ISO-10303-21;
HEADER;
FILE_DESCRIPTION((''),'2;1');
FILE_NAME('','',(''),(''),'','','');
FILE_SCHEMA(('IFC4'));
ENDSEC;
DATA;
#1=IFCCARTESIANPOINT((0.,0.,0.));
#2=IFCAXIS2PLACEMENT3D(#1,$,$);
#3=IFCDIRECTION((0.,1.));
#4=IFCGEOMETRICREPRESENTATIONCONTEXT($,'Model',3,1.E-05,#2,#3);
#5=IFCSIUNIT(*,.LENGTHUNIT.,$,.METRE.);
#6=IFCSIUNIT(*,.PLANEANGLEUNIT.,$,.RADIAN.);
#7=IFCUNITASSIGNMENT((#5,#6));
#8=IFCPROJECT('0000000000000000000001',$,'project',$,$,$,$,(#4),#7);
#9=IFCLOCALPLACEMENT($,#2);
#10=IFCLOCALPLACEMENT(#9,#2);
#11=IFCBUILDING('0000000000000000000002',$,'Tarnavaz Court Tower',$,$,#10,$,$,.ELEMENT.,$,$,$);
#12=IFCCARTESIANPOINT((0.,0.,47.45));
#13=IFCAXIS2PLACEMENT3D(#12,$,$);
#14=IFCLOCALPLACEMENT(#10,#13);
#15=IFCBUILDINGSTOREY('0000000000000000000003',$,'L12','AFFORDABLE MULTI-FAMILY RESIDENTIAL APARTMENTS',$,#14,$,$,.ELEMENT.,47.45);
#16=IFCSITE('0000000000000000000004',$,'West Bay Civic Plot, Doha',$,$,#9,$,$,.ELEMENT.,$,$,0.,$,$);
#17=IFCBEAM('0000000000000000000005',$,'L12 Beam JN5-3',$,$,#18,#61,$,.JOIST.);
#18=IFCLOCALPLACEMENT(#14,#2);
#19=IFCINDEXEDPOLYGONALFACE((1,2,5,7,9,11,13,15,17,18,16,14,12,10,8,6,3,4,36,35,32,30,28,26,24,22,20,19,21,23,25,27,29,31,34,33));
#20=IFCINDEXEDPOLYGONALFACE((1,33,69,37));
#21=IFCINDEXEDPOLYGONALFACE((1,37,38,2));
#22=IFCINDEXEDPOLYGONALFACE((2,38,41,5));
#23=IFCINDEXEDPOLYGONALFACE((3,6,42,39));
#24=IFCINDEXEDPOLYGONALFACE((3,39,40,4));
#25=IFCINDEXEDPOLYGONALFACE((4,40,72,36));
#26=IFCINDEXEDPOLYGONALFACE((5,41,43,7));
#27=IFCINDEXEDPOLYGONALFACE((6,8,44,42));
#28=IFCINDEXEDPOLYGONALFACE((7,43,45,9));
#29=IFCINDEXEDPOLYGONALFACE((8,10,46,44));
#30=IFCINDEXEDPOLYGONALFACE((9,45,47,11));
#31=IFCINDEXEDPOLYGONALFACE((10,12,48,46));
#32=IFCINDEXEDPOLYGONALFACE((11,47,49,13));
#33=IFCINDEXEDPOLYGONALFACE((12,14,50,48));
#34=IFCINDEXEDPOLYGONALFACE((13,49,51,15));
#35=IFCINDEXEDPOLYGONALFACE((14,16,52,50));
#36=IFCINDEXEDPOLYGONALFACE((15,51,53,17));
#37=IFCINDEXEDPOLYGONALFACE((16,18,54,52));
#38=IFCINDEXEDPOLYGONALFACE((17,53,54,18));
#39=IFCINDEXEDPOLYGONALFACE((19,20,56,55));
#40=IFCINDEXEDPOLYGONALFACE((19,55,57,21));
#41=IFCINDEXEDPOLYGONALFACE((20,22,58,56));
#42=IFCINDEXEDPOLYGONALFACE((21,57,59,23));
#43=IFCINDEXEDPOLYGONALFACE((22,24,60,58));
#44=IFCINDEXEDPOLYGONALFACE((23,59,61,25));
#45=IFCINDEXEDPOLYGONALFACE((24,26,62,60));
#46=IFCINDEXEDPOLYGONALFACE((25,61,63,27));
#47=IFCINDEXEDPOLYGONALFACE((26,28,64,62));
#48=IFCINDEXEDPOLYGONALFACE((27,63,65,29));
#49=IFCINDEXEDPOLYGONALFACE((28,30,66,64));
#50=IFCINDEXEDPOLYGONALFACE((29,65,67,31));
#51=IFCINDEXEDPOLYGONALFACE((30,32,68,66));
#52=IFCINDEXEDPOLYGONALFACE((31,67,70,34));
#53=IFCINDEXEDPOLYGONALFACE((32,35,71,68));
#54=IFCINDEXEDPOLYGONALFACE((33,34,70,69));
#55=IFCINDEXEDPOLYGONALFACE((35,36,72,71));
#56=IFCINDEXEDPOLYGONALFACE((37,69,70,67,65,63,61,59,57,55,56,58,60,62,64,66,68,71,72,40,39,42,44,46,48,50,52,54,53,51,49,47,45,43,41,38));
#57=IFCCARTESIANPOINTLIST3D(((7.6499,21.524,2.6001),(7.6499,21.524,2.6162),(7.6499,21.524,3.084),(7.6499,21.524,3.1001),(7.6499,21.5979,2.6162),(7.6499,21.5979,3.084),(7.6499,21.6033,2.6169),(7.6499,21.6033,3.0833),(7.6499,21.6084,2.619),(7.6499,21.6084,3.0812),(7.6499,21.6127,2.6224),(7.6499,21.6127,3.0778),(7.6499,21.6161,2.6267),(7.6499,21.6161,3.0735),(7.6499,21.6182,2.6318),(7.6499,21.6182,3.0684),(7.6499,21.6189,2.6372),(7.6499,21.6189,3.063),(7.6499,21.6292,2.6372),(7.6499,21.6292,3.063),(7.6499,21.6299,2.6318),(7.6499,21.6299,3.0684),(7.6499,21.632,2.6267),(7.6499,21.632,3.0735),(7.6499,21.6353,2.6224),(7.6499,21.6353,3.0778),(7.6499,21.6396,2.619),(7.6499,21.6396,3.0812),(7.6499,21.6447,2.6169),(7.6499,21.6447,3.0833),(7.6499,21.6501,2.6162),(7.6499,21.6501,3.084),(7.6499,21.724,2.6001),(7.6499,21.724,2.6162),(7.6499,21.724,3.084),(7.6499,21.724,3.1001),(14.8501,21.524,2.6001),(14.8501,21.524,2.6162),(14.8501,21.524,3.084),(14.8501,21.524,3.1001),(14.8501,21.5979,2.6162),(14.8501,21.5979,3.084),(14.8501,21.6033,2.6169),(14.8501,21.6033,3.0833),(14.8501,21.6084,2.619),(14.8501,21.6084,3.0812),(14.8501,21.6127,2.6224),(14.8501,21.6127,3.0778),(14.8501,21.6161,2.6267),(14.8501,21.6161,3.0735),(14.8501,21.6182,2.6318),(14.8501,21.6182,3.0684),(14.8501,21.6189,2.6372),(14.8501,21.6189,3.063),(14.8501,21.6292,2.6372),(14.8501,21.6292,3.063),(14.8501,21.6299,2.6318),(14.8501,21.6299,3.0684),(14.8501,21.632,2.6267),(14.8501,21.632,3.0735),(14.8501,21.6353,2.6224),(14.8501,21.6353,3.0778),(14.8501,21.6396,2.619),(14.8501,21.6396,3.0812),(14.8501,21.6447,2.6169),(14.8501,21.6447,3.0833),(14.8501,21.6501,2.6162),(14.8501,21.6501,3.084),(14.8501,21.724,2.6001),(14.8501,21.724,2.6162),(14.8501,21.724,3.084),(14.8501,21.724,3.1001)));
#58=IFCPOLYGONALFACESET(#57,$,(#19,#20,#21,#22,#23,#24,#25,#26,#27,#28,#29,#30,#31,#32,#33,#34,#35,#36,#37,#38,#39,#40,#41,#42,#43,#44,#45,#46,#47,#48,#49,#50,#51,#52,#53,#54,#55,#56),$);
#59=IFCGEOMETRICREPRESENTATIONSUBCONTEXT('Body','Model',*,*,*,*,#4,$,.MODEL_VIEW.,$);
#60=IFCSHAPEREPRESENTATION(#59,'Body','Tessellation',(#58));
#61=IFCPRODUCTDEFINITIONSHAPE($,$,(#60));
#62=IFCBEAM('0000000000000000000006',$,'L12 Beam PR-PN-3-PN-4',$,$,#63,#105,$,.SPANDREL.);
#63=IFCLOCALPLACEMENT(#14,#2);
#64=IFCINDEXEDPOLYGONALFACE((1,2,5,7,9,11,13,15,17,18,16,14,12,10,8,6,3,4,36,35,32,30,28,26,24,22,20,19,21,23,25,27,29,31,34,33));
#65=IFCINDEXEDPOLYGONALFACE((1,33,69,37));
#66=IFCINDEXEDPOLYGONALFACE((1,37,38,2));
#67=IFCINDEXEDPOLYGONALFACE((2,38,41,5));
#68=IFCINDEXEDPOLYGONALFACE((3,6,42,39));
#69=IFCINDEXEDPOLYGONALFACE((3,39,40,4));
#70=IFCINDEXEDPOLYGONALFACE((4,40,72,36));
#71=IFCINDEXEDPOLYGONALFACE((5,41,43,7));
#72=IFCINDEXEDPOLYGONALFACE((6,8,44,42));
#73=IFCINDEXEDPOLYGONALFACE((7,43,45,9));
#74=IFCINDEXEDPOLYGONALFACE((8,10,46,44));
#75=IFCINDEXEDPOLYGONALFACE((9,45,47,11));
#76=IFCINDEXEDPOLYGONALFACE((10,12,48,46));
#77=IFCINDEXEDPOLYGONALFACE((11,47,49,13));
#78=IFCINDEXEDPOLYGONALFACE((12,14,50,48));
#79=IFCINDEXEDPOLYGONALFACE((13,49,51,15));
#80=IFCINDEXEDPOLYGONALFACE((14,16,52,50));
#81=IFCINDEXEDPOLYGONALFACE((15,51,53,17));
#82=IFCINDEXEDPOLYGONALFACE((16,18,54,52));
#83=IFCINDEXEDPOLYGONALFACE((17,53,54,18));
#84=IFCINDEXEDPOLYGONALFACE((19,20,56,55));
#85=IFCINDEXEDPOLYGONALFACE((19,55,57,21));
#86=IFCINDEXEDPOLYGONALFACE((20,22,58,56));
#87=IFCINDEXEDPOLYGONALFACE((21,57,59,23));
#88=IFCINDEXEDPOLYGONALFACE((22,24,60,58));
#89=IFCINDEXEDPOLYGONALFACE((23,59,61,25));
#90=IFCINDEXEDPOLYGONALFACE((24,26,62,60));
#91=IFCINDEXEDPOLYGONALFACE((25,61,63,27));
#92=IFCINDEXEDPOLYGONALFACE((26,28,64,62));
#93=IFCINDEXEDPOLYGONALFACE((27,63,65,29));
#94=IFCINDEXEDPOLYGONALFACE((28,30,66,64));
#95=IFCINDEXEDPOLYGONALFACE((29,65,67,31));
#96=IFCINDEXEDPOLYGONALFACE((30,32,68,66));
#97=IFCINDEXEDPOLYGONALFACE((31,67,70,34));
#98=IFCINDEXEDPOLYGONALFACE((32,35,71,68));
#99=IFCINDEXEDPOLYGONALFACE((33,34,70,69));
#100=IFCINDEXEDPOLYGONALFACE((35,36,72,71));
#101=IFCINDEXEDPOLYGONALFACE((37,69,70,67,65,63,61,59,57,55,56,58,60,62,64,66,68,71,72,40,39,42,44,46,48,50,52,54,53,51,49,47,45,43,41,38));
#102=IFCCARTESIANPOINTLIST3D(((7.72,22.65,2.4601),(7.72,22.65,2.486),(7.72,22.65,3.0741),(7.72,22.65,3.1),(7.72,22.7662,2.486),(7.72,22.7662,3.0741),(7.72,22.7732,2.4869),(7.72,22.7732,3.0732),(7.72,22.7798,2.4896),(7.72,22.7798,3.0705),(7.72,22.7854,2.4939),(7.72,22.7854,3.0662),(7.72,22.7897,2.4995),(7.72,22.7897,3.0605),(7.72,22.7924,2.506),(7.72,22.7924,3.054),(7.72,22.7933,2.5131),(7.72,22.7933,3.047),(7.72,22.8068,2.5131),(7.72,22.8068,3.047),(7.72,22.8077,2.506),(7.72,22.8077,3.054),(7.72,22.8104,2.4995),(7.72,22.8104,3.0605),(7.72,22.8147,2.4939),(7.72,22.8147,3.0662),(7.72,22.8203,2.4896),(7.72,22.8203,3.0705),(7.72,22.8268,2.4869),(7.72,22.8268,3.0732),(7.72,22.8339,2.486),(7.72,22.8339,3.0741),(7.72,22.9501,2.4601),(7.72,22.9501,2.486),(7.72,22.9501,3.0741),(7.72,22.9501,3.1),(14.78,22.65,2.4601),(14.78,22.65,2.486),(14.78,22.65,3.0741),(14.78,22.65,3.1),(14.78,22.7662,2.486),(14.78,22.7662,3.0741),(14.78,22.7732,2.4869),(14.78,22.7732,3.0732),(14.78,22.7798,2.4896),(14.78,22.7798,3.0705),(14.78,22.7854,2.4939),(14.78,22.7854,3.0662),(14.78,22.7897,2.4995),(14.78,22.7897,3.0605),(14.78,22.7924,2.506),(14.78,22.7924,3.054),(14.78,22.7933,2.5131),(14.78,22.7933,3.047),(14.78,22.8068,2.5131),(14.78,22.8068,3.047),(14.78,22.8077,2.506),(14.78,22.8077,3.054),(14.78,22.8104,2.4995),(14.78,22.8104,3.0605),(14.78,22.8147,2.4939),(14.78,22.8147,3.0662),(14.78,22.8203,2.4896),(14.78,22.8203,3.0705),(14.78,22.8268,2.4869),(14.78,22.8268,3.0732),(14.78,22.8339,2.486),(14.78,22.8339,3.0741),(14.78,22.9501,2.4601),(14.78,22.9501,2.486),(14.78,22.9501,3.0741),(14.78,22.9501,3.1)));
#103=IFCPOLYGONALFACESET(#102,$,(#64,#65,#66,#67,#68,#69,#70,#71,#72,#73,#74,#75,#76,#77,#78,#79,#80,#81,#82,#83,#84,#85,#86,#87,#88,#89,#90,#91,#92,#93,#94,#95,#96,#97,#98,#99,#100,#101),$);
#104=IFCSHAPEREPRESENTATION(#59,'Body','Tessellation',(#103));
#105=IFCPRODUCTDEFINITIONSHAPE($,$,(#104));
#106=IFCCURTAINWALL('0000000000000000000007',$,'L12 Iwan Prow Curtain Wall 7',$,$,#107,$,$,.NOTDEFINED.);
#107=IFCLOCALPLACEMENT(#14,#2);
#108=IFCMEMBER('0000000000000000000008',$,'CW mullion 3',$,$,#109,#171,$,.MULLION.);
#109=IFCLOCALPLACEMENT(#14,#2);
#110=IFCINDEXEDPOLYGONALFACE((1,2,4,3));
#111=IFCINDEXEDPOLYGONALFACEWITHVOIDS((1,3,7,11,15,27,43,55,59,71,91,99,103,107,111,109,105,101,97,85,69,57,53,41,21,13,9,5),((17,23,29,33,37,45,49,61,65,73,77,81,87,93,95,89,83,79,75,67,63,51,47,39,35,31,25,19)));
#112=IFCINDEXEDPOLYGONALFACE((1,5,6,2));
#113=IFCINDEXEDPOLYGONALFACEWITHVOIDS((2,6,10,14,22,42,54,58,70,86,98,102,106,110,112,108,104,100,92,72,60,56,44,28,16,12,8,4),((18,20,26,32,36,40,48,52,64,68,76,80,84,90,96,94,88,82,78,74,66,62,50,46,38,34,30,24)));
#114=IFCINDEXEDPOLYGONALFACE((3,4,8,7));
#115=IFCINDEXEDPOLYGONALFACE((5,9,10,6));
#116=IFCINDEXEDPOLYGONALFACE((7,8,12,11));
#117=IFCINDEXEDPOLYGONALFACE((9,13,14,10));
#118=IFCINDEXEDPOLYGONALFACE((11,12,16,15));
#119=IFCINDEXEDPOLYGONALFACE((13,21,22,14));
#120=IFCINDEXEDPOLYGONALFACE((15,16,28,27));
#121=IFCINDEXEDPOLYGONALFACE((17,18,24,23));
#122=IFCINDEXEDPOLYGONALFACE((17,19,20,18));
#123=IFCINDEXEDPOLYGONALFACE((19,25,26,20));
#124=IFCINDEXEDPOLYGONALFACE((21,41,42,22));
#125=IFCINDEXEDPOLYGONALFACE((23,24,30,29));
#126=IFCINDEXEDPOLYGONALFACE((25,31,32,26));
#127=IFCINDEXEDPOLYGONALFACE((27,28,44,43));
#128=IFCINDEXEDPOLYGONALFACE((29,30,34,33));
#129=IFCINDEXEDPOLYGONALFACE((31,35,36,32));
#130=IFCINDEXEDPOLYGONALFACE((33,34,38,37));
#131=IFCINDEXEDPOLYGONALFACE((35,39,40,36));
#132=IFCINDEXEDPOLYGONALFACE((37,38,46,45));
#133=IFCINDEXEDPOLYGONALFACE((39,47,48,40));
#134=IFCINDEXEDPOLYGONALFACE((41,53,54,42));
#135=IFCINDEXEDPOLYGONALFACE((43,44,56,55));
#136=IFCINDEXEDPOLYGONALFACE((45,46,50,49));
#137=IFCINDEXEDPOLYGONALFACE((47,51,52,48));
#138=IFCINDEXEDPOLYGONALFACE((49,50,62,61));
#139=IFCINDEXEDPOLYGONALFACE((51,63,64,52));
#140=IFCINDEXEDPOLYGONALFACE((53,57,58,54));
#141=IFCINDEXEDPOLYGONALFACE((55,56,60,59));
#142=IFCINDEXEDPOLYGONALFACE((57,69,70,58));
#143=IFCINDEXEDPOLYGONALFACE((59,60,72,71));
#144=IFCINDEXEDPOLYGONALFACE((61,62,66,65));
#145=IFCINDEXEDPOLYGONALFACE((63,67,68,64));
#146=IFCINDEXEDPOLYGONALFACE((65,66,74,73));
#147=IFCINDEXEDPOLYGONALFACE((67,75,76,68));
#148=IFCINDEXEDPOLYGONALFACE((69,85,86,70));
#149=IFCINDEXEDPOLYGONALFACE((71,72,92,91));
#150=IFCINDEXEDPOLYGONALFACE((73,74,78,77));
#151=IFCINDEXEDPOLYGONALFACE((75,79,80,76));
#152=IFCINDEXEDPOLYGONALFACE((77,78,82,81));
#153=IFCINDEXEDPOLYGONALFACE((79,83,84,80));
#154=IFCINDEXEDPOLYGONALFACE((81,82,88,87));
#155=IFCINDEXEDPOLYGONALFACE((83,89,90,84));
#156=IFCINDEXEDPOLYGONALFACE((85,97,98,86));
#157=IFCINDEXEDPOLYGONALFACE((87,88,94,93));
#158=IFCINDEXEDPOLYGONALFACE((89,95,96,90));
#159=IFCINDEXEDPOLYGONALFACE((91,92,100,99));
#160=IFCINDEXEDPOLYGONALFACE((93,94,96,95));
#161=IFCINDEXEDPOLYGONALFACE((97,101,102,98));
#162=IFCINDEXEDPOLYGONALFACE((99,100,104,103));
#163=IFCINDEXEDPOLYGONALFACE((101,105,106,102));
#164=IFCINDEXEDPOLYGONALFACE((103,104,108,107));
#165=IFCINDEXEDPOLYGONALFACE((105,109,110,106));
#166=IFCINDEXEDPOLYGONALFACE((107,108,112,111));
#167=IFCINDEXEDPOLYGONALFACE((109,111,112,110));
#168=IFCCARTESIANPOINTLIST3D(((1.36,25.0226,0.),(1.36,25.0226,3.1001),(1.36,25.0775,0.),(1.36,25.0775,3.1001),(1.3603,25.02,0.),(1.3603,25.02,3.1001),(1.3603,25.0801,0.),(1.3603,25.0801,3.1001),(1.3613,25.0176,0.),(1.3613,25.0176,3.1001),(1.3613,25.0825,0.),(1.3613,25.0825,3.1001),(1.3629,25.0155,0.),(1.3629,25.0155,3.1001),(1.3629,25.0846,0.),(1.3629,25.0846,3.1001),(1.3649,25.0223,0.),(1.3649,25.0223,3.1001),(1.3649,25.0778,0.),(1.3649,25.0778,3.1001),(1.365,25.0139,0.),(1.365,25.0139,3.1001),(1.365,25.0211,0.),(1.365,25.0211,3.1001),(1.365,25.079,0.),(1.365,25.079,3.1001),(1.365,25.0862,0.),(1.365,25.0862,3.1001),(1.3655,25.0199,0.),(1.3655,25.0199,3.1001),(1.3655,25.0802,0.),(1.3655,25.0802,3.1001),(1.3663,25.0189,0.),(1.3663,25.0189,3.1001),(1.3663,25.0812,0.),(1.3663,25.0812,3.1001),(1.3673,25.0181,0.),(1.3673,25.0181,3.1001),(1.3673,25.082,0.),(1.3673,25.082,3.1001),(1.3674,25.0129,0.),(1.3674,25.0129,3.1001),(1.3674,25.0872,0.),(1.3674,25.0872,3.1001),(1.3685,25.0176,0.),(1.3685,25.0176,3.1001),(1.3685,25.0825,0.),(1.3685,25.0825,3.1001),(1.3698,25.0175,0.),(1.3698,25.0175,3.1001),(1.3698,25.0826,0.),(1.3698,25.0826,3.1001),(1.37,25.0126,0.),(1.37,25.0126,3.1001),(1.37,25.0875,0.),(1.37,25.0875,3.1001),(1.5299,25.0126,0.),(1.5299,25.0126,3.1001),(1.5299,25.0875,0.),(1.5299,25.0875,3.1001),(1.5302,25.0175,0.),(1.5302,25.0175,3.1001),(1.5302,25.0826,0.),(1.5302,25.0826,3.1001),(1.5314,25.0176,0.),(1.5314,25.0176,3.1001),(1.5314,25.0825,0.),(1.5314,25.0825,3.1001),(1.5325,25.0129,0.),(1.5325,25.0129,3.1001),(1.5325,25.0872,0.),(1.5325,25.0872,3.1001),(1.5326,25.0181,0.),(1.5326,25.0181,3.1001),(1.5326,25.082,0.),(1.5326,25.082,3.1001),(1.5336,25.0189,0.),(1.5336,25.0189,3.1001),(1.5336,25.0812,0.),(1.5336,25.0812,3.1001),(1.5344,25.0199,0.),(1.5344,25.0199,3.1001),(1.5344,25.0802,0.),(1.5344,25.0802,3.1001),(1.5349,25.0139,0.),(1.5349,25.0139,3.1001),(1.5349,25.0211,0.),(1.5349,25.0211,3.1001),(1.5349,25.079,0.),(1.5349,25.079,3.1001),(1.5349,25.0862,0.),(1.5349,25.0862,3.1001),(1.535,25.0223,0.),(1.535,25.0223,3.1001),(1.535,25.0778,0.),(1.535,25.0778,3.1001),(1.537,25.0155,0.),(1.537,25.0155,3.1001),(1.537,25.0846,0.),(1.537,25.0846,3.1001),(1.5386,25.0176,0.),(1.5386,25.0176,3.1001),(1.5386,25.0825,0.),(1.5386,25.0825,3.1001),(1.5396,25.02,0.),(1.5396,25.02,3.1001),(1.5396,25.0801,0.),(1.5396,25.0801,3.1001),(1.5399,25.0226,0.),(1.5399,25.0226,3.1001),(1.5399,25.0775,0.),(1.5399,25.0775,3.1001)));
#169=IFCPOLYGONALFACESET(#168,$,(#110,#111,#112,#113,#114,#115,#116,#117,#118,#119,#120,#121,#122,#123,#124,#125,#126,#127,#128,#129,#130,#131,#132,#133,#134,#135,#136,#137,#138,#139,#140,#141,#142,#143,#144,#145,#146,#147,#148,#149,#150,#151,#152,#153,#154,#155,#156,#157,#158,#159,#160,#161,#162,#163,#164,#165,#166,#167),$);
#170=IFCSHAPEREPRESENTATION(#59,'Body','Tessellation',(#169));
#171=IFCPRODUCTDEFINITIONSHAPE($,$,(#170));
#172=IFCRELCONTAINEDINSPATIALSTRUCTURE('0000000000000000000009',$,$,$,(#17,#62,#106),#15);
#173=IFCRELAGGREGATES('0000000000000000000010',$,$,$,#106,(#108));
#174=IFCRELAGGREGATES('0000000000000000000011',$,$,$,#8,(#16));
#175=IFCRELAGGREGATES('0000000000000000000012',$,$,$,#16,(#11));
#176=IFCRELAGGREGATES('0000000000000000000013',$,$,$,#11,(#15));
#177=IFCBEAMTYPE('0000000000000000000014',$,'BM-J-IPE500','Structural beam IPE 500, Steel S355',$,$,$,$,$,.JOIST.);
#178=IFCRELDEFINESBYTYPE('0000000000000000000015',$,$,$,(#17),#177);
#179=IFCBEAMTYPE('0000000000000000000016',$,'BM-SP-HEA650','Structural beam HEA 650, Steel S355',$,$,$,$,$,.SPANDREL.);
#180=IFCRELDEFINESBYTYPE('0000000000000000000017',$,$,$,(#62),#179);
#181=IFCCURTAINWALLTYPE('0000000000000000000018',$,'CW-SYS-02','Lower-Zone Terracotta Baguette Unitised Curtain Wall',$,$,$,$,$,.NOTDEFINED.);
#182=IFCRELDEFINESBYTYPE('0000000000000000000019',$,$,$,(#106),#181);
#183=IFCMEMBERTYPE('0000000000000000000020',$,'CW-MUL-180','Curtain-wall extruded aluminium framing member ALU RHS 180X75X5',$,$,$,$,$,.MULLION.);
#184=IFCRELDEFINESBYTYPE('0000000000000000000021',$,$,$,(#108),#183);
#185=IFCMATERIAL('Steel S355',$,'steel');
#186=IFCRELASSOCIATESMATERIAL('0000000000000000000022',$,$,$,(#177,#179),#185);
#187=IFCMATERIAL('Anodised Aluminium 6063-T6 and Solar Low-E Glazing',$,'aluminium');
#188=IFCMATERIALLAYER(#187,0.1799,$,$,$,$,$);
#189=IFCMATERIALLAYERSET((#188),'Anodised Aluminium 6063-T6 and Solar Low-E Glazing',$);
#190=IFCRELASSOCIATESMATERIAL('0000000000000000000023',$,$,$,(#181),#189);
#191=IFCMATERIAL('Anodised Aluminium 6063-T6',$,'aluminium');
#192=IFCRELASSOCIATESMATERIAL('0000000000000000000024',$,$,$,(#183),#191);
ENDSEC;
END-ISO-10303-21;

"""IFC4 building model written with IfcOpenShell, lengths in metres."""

from ifc_helpers import new_model, si_unit, direction, frame, origin, origin_2d, place, context, subcontext, project, spatial, hollow_rectangle, i_section, extrude, material, layer, layer_set, material_profile, profile_set, type_object, element, aggregate, save


model = new_model("IFC4")

# Units and contexts
model_context = context("Model", 3, precision=1e-05, world=origin(), true_north=direction((0.0, 1.0)))
body_context = subcontext(model_context, "Body", "Model", "MODEL_VIEW")
ifc_project = project(units=[si_unit("LENGTHUNIT", "METRE"), si_unit("PLANEANGLEUNIT", "RADIAN")], contexts=[model_context])

# Site, building, storey
site_placement = place(None, origin())
site = spatial("IfcSite", under=ifc_project, at=site_placement, Name="West Bay Civic Plot, Doha", CompositionType="ELEMENT", RefElevation=0.0)
building_placement = place(site_placement, origin())
building = spatial("IfcBuilding", under=site, at=building_placement, Name="Tarnavaz Court Tower", CompositionType="ELEMENT")
storey_placement = place(building_placement, frame((0.0, 0.0, 47.45)))
storey = spatial("IfcBuildingStorey", under=building, at=storey_placement, Name="L12", Description="AFFORDABLE MULTI-FAMILY RESIDENTIAL APARTMENTS", CompositionType="ELEMENT", Elevation=47.45)

# Beams
ifc_material_1 = material(Name="Steel S355", Category="steel")
ifc_material_profile_1 = material_profile(ifc_material_1, i_section(OverallWidth=0.2, OverallDepth=0.5, WebThickness=0.0103, FlangeThickness=0.0161, FilletRadius=0.021, at=origin_2d()), Name="IPE 500")
ifc_profile_set_1 = profile_set([ifc_material_profile_1], Name="Steel S355")
beam_type_1 = type_object("IfcBeamType", Name="BM-J-IPE500", Description="Structural beam IPE 500, Steel S355", PredefinedType="JOIST", material=ifc_profile_set_1)
for number, where, z_axis, x_axis, name in (
    (1, (7.6499, 21.624, 2.8501), (1.0, 0.0, 0.0), (0.0, 1.0, 0.0), "L12 Beam JN5-3"),
):
    element("IfcBeam", number, at=place(storey_placement, frame(where, z_axis=z_axis, x_axis=x_axis)), inside=storey, type_object=beam_type_1, Name=name, PredefinedType="JOIST", context=body_context, shape_type="SweptSolid", body=[
        extrude(i_section(OverallWidth=0.2, OverallDepth=0.5, WebThickness=0.0103, FlangeThickness=0.0161, FilletRadius=0.021, at=origin_2d()), origin(), (0.0, 0.0, 1.0), 7.2002),
    ])
ifc_material_profile_2 = material_profile(ifc_material_1, i_section(OverallWidth=0.3, OverallDepth=0.6399, WebThickness=0.0134, FlangeThickness=0.0259, FilletRadius=0.0271, at=origin_2d()), Name="HEA 650")
ifc_profile_set_2 = profile_set([ifc_material_profile_2], Name="Steel S355")
beam_type_2 = type_object("IfcBeamType", Name="BM-SP-HEA650", Description="Structural beam HEA 650, Steel S355", PredefinedType="SPANDREL", material=ifc_profile_set_2)
beam_placement = place(storey_placement, frame((7.72, 22.8, 2.78), z_axis=(1.0, 0.0, 0.0), x_axis=(0.0, 1.0, 0.0)))
element("IfcBeam", 2, at=beam_placement, inside=storey, type_object=beam_type_2, Name="L12 Beam PR-PN-3-PN-4", PredefinedType="SPANDREL", context=body_context, shape_type="SweptSolid", body=[
    extrude(i_section(OverallWidth=0.3, OverallDepth=0.6399, WebThickness=0.0134, FlangeThickness=0.0259, FilletRadius=0.0271, at=origin_2d()), origin(), (0.0, 0.0, 1.0), 7.0601),
])

# Curtain wall, member
ifc_material_2 = material(Name="Anodised Aluminium 6063-T6 and Solar Low-E Glazing", Category="aluminium")
ifc_layer_1 = layer(ifc_material_2, 0.1799)
ifc_layer_set_1 = layer_set([ifc_layer_1], Name="Anodised Aluminium 6063-T6 and Solar Low-E Glazing")
curtain_wall_type = type_object("IfcCurtainWallType", Name="CW-SYS-02", Description="Lower-Zone Terracotta Baguette Unitised Curtain Wall", PredefinedType="NOTDEFINED", material=ifc_layer_set_1)
curtain_wall_placement = place(storey_placement, origin())
curtain_wall = element("IfcCurtainWall", 3, at=curtain_wall_placement, inside=storey, type_object=curtain_wall_type, Name="L12 Iwan Prow Curtain Wall 7", PredefinedType="NOTDEFINED")
ifc_material_3 = material(Name="Anodised Aluminium 6063-T6", Category="aluminium")
ifc_material_profile_3 = material_profile(ifc_material_3, hollow_rectangle(XDim=0.075, YDim=0.1799, WallThickness=0.0049, InnerFilletRadius=0.0049, OuterFilletRadius=0.01, at=origin_2d()), Name="ALU RHS 180X75X5")
ifc_profile_set_3 = profile_set([ifc_material_profile_3], Name="Anodised Aluminium 6063-T6")
member_type_1 = type_object("IfcMemberType", Name="CW-MUL-180", Description="Curtain-wall extruded aluminium framing member ALU RHS 180X75X5", PredefinedType="MULLION", material=ifc_profile_set_3)
member_1_placement = place(storey_placement, frame((1.45, 25.05, 0.0), z_axis=(0.0, 0.0, 1.0), x_axis=(0.0, 1.0, 0.0)))
member_1 = element("IfcMember", 4, at=member_1_placement, type_object=member_type_1, Name="CW mullion 3", PredefinedType="MULLION", context=body_context, shape_type="SweptSolid", body=[
    extrude(hollow_rectangle(XDim=0.075, YDim=0.1799, WallThickness=0.0049, InnerFilletRadius=0.0049, OuterFilletRadius=0.01, at=origin_2d()), origin(), (0.0, 0.0, 1.0), 3.1001),
])
aggregate(curtain_wall, [member_1])

save(model, "model.ifc")
